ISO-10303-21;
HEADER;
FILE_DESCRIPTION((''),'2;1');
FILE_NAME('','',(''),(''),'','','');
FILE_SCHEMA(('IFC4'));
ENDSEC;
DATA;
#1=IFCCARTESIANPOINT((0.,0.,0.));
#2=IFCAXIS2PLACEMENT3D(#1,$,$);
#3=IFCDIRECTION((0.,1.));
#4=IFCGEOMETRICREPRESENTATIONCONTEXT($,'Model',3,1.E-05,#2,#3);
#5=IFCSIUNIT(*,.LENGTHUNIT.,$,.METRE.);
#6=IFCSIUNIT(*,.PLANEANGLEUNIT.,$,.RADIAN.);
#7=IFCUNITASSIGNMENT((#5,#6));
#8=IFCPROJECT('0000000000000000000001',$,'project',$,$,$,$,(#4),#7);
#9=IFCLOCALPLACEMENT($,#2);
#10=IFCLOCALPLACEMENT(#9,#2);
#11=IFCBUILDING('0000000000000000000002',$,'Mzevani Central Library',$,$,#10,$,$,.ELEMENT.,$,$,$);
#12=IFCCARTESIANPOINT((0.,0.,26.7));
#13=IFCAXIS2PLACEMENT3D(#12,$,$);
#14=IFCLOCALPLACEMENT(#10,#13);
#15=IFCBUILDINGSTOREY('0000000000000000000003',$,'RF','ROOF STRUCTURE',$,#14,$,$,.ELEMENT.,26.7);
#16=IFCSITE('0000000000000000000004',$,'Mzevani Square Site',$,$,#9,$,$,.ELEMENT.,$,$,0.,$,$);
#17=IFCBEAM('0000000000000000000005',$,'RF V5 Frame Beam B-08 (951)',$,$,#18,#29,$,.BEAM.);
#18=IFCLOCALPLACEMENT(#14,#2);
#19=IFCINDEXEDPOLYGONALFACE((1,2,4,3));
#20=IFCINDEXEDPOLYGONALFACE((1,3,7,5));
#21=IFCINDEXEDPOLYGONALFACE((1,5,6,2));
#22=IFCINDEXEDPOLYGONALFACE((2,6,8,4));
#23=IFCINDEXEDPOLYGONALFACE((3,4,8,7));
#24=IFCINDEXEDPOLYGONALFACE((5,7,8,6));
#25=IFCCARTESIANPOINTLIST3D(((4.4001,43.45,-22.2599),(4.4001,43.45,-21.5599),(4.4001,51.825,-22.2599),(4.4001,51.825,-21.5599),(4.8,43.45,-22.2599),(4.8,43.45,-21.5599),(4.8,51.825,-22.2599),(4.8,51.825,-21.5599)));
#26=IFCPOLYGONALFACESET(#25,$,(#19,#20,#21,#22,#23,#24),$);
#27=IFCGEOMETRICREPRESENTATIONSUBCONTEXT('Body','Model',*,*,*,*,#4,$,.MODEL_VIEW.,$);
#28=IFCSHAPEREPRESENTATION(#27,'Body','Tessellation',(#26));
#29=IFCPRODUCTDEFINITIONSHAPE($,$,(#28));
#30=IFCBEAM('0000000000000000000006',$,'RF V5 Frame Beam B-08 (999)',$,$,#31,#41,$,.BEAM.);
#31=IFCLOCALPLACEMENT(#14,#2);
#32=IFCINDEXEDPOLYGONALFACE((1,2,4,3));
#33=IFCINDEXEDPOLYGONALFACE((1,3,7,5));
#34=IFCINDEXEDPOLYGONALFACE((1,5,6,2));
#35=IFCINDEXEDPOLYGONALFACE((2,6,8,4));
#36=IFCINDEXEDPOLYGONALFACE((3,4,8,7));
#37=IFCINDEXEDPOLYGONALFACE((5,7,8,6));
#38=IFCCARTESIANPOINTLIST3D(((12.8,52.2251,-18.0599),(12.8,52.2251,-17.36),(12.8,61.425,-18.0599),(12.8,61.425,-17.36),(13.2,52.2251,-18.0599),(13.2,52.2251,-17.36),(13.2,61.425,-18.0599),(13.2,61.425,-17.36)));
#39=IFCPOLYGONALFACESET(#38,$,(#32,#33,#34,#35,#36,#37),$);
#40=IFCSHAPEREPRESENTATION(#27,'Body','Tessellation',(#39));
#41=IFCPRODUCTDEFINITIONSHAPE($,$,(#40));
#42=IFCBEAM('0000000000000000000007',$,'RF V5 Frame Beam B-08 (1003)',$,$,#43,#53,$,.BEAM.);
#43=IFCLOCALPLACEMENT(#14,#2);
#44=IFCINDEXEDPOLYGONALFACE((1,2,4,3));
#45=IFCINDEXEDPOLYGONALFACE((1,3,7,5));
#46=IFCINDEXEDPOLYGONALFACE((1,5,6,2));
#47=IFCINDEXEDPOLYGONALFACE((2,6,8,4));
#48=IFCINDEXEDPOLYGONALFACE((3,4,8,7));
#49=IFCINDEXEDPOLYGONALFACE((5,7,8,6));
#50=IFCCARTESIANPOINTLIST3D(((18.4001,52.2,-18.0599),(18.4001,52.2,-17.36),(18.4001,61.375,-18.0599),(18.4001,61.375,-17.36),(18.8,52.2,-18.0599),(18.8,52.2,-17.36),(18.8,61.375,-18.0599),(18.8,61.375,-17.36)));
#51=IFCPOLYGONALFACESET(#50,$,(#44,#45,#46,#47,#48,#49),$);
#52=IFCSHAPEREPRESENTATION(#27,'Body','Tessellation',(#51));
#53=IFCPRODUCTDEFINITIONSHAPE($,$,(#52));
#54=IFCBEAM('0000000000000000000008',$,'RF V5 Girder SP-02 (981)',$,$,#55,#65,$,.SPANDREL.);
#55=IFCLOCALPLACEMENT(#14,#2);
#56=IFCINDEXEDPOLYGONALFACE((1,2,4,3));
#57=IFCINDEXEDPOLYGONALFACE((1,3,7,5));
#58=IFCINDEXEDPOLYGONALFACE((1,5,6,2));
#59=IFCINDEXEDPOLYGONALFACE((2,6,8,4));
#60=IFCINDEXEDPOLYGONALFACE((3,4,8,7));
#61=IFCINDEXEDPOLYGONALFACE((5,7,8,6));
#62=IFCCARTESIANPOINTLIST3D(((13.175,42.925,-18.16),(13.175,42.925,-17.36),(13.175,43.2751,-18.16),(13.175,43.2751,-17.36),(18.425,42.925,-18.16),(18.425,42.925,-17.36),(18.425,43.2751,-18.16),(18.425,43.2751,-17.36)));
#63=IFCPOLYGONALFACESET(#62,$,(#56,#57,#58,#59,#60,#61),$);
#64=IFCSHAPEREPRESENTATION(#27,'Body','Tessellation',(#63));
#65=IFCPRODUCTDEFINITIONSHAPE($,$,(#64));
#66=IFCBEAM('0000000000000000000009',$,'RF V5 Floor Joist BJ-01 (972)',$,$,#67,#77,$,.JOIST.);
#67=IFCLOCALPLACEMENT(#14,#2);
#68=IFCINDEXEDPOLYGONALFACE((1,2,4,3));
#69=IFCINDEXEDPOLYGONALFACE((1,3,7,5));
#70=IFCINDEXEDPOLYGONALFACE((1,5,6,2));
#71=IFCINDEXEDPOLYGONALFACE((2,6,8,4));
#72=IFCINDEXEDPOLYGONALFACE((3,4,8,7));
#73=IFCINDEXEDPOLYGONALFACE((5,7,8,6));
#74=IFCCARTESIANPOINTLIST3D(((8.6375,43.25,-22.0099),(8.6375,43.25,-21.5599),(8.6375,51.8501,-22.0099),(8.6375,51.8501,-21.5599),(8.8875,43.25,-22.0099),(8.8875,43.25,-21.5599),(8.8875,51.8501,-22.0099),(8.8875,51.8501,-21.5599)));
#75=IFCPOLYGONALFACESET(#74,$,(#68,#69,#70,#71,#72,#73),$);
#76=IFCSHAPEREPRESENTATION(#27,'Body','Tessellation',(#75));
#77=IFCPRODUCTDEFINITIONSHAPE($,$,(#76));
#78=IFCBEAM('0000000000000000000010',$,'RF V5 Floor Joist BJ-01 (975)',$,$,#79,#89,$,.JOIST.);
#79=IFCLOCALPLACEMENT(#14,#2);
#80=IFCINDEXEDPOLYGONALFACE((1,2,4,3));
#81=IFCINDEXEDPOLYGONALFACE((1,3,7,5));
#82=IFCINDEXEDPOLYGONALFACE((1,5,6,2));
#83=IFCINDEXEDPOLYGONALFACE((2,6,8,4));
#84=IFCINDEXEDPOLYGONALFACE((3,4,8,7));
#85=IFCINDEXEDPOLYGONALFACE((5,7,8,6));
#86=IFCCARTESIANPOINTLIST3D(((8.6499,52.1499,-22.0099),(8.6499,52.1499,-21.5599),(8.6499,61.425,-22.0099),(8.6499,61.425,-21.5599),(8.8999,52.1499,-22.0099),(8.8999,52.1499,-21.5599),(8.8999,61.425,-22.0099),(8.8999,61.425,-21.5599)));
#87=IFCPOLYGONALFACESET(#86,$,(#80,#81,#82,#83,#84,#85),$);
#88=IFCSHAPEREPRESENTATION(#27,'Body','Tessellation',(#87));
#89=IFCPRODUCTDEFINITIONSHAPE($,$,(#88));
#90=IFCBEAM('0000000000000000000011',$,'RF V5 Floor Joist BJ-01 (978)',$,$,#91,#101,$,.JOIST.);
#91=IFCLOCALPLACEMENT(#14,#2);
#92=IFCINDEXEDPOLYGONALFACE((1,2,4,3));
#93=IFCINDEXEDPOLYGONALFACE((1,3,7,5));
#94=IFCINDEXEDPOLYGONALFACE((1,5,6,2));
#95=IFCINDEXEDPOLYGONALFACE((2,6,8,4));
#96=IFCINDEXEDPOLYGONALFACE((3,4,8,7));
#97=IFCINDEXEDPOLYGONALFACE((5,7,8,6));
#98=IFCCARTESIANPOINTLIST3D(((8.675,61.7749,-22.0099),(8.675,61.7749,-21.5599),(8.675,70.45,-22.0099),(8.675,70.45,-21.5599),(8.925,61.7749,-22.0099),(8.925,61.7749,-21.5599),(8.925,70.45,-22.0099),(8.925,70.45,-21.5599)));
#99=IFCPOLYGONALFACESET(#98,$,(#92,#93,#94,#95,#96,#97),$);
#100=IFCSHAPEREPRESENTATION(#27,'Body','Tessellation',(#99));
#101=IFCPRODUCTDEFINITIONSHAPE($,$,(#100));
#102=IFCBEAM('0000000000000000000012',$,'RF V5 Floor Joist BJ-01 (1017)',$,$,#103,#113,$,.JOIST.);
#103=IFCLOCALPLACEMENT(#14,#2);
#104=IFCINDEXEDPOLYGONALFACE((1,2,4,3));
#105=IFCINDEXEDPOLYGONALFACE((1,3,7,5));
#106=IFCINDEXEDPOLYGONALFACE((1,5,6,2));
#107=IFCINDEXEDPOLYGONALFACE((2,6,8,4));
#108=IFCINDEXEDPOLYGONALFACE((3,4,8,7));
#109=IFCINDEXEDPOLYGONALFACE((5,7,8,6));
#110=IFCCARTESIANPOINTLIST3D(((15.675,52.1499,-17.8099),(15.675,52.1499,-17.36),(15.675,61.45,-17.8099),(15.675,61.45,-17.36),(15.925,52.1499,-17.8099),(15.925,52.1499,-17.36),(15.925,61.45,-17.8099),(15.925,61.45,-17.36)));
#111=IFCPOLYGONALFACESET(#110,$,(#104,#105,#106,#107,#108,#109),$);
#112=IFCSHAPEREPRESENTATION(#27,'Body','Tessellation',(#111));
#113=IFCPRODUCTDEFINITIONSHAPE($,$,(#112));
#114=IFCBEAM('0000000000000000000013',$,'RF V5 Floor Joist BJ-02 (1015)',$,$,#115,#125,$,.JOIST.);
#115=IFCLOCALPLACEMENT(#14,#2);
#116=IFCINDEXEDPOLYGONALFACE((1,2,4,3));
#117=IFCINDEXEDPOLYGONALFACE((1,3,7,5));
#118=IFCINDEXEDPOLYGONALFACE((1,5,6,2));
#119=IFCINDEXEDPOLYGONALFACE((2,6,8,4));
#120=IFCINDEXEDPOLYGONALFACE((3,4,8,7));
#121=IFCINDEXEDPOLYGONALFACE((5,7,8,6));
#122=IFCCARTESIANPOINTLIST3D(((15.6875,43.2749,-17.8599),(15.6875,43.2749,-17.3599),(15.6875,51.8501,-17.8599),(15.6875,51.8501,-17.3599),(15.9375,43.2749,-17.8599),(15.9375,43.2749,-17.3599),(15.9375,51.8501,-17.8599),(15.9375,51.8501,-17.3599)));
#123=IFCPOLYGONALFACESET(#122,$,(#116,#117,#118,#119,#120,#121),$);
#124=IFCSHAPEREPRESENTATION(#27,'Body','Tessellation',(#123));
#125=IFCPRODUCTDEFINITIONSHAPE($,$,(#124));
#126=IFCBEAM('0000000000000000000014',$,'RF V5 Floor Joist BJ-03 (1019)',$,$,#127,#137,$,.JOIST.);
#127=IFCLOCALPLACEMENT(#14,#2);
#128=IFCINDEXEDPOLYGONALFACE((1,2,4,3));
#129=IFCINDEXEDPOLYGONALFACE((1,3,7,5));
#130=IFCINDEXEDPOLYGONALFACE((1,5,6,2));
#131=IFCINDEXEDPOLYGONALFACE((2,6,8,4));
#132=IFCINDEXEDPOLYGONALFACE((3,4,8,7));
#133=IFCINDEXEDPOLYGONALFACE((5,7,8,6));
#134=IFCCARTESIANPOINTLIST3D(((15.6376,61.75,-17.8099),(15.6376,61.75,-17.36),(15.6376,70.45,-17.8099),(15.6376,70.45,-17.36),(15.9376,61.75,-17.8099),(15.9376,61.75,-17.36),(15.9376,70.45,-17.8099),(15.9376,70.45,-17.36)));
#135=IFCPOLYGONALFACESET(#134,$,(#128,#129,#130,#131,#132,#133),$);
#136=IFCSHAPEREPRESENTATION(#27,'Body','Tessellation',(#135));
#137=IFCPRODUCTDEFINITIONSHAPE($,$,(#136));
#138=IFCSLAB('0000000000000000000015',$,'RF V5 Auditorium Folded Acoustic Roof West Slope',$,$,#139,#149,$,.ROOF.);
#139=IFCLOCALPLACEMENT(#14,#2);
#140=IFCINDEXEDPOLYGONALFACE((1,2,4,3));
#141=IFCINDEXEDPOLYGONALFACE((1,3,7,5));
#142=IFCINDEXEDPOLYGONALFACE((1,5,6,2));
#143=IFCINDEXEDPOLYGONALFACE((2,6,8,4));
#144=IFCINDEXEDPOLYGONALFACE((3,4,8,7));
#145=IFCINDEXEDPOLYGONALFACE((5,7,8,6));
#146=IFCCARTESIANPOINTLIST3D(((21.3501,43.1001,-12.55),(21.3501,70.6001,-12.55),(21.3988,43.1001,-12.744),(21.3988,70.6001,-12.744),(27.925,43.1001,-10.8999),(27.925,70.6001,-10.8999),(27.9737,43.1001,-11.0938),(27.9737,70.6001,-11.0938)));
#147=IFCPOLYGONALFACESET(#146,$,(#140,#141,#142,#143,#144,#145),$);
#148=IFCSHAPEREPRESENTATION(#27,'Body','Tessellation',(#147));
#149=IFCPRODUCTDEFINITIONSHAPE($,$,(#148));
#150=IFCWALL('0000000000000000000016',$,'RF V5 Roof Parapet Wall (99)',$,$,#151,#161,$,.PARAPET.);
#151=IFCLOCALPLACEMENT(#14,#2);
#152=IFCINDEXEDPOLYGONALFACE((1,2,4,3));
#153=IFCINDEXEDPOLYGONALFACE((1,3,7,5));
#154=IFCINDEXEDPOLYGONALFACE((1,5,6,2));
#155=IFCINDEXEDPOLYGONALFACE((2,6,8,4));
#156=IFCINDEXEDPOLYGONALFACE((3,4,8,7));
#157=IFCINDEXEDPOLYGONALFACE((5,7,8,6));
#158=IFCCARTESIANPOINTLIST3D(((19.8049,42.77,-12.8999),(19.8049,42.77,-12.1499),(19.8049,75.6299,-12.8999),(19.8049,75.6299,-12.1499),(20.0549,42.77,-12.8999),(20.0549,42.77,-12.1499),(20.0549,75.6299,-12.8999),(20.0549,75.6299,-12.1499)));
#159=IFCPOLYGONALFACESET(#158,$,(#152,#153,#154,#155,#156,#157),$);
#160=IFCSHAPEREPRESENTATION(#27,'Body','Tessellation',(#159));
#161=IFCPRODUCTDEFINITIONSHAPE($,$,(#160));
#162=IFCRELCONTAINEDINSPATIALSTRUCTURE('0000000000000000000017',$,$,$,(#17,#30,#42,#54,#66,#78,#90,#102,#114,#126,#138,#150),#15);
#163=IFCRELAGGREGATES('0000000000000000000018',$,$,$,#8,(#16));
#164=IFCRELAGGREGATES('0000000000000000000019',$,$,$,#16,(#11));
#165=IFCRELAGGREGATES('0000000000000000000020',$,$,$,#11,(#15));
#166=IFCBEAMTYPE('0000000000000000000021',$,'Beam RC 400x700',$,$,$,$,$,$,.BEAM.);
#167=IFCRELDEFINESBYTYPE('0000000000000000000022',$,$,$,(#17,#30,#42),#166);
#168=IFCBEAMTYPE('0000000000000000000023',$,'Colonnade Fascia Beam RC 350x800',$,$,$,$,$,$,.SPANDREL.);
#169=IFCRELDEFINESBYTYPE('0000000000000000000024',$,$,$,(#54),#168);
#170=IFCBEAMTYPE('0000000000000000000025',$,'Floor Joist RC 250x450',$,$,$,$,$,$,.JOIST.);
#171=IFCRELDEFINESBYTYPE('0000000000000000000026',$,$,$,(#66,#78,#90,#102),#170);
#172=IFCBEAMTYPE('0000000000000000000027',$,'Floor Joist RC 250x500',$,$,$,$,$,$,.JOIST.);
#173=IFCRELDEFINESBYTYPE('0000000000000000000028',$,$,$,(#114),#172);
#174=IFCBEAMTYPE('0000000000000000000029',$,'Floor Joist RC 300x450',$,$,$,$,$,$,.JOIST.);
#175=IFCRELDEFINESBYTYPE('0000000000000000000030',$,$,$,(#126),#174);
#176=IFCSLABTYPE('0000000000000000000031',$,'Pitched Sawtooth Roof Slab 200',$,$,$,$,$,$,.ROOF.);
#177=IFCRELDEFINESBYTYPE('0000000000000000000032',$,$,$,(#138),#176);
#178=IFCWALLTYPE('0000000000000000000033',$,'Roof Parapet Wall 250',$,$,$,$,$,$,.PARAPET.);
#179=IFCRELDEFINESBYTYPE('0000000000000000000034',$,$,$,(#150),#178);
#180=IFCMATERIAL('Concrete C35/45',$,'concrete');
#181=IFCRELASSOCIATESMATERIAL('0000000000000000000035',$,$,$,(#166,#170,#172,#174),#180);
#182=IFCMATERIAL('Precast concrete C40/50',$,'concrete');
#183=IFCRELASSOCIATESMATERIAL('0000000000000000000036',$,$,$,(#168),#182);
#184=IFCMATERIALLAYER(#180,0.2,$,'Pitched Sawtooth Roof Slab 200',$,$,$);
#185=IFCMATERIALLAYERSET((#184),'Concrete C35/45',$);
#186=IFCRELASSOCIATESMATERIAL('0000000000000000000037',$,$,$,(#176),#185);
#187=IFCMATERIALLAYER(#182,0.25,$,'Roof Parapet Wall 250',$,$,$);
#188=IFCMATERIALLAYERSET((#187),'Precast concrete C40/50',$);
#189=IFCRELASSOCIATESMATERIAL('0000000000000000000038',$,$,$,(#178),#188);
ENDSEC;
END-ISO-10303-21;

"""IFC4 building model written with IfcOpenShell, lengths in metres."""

from ifc_helpers import new_model, si_unit, direction, frame, frame_2d, origin, origin_2d, place, context, subcontext, project, spatial, polyline, rectangle, outline, extrude, material, layer, layer_set, material_profile, profile_set, type_object, element, save


model = new_model("IFC4")

# Units and contexts
model_context = context("Model", 3, precision=1e-05, world=origin(), true_north=direction((0.0, 1.0)))
body_context = subcontext(model_context, "Body", "Model", "MODEL_VIEW")
ifc_project = project(units=[si_unit("LENGTHUNIT", "METRE"), si_unit("PLANEANGLEUNIT", "RADIAN")], contexts=[model_context])

# Site, building, storey
site_placement = place(None, origin())
site = spatial("IfcSite", under=ifc_project, at=site_placement, Name="Mzevani Square Site", CompositionType="ELEMENT", RefElevation=0.0)
building_placement = place(site_placement, origin())
building = spatial("IfcBuilding", under=site, at=building_placement, Name="Mzevani Central Library", CompositionType="ELEMENT")
storey_placement = place(building_placement, frame((0.0, 0.0, 26.7)))
storey = spatial("IfcBuildingStorey", under=building, at=storey_placement, Name="RF", Description="ROOF STRUCTURE", CompositionType="ELEMENT", Elevation=26.7)

# Beams
ifc_material_1 = material(Name="Concrete C35/45", Category="concrete")
ifc_material_profile_1 = material_profile(ifc_material_1, rectangle(XDim=0.3999, YDim=0.7, at=origin_2d()), Name="RC B400x700")
ifc_profile_set_1 = profile_set([ifc_material_profile_1], Name="Concrete C35/45")
beam_type_1 = type_object("IfcBeamType", Name="Beam RC 400x700", PredefinedType="BEAM", material=ifc_profile_set_1)
beam_1_placement = place(storey_placement, frame((4.6001, 43.45, -21.9099), z_axis=(0.0, 1.0, 0.0), x_axis=(-1.0, 0.0, 0.0)))
element("IfcBeam", 1, at=beam_1_placement, inside=storey, type_object=beam_type_1, Name="RF V5 Frame Beam B-08 (951)", PredefinedType="BEAM", context=body_context, shape_type="SweptSolid", body=[
    extrude(rectangle(XDim=0.3999, YDim=0.7, at=origin_2d()), origin(), (0.0, 0.0, 1.0), 8.375),
])
beam_2_placement = place(storey_placement, frame((13.0, 52.2251, -17.71), z_axis=(0.0, 1.0, 0.0), x_axis=(-1.0, 0.0, 0.0)))
element("IfcBeam", 2, at=beam_2_placement, inside=storey, type_object=beam_type_1, Name="RF V5 Frame Beam B-08 (999)", PredefinedType="BEAM", context=body_context, shape_type="SweptSolid", body=[
    extrude(rectangle(XDim=0.3999, YDim=0.7, at=origin_2d()), origin(), (0.0, 0.0, 1.0), 9.2),
])
beam_3_placement = place(storey_placement, frame((18.6001, 52.2, -17.71), z_axis=(0.0, 1.0, 0.0), x_axis=(-1.0, 0.0, 0.0)))
element("IfcBeam", 3, at=beam_3_placement, inside=storey, type_object=beam_type_1, Name="RF V5 Frame Beam B-08 (1003)", PredefinedType="BEAM", context=body_context, shape_type="SweptSolid", body=[
    extrude(rectangle(XDim=0.3999, YDim=0.7, at=origin_2d()), origin(), (0.0, 0.0, 1.0), 9.175),
])
ifc_material_2 = material(Name="Precast concrete C40/50", Category="concrete")
ifc_material_profile_2 = material_profile(ifc_material_2, rectangle(XDim=0.3501, YDim=0.8, at=origin_2d()), Name="RC SP350x800")
ifc_profile_set_2 = profile_set([ifc_material_profile_2], Name="Precast concrete C40/50")
beam_type_2 = type_object("IfcBeamType", Name="Colonnade Fascia Beam RC 350x800", PredefinedType="SPANDREL", material=ifc_profile_set_2)
beam_4_placement = place(storey_placement, frame((13.175, 43.1001, -17.76), z_axis=(1.0, 0.0, 0.0), x_axis=(0.0, 1.0, 0.0)))
element("IfcBeam", 4, at=beam_4_placement, inside=storey, type_object=beam_type_2, Name="RF V5 Girder SP-02 (981)", PredefinedType="SPANDREL", context=body_context, shape_type="SweptSolid", body=[
    extrude(rectangle(XDim=0.3501, YDim=0.8, at=origin_2d()), origin(), (0.0, 0.0, 1.0), 5.25),
])
ifc_material_profile_3 = material_profile(ifc_material_1, rectangle(XDim=0.25, YDim=0.45, at=origin_2d()), Name="RC J250x450")
ifc_profile_set_3 = profile_set([ifc_material_profile_3], Name="Concrete C35/45")
beam_type_3 = type_object("IfcBeamType", Name="Floor Joist RC 250x450", PredefinedType="JOIST", material=ifc_profile_set_3)
beam_5_placement = place(storey_placement, frame((8.7625, 43.25, -21.7849), z_axis=(0.0, 1.0, 0.0), x_axis=(-1.0, 0.0, 0.0)))
element("IfcBeam", 5, at=beam_5_placement, inside=storey, type_object=beam_type_3, Name="RF V5 Floor Joist BJ-01 (972)", PredefinedType="JOIST", context=body_context, shape_type="SweptSolid", body=[
    extrude(rectangle(XDim=0.25, YDim=0.45, at=origin_2d()), origin(), (0.0, 0.0, 1.0), 8.6001),
])
beam_6_placement = place(storey_placement, frame((8.7749, 52.1499, -21.7849), z_axis=(0.0, 1.0, 0.0), x_axis=(-1.0, 0.0, 0.0)))
element("IfcBeam", 6, at=beam_6_placement, inside=storey, type_object=beam_type_3, Name="RF V5 Floor Joist BJ-01 (975)", PredefinedType="JOIST", context=body_context, shape_type="SweptSolid", body=[
    extrude(rectangle(XDim=0.25, YDim=0.45, at=origin_2d()), origin(), (0.0, 0.0, 1.0), 9.2751),
])
beam_7_placement = place(storey_placement, frame((8.8, 61.7749, -21.7849), z_axis=(0.0, 1.0, 0.0), x_axis=(-1.0, 0.0, 0.0)))
element("IfcBeam", 7, at=beam_7_placement, inside=storey, type_object=beam_type_3, Name="RF V5 Floor Joist BJ-01 (978)", PredefinedType="JOIST", context=body_context, shape_type="SweptSolid", body=[
    extrude(rectangle(XDim=0.25, YDim=0.45, at=origin_2d()), origin(), (0.0, 0.0, 1.0), 8.675),
])
beam_8_placement = place(storey_placement, frame((15.8, 52.1499, -17.585), z_axis=(0.0, 1.0, 0.0), x_axis=(-1.0, 0.0, 0.0)))
element("IfcBeam", 8, at=beam_8_placement, inside=storey, type_object=beam_type_3, Name="RF V5 Floor Joist BJ-01 (1017)", PredefinedType="JOIST", context=body_context, shape_type="SweptSolid", body=[
    extrude(rectangle(XDim=0.25, YDim=0.45, at=origin_2d()), origin(), (0.0, 0.0, 1.0), 9.3),
])
ifc_material_profile_4 = material_profile(ifc_material_1, rectangle(XDim=0.25, YDim=0.5, at=origin_2d()), Name="RC J250x500")
ifc_profile_set_4 = profile_set([ifc_material_profile_4], Name="Concrete C35/45")
beam_type_4 = type_object("IfcBeamType", Name="Floor Joist RC 250x500", PredefinedType="JOIST", material=ifc_profile_set_4)
beam_9_placement = place(storey_placement, frame((15.8125, 43.2749, -17.6099), z_axis=(0.0, 1.0, 0.0), x_axis=(-1.0, 0.0, 0.0)))
element("IfcBeam", 9, at=beam_9_placement, inside=storey, type_object=beam_type_4, Name="RF V5 Floor Joist BJ-02 (1015)", PredefinedType="JOIST", context=body_context, shape_type="SweptSolid", body=[
    extrude(rectangle(XDim=0.25, YDim=0.5, at=origin_2d()), origin(), (0.0, 0.0, 1.0), 8.5752),
])
ifc_material_profile_5 = material_profile(ifc_material_1, rectangle(XDim=0.3, YDim=0.45, at=origin_2d()), Name="RC J300x450")
ifc_profile_set_5 = profile_set([ifc_material_profile_5], Name="Concrete C35/45")
beam_type_5 = type_object("IfcBeamType", Name="Floor Joist RC 300x450", PredefinedType="JOIST", material=ifc_profile_set_5)
beam_10_placement = place(storey_placement, frame((15.7876, 61.75, -17.585), z_axis=(0.0, 1.0, 0.0), x_axis=(-1.0, 0.0, 0.0)))
element("IfcBeam", 10, at=beam_10_placement, inside=storey, type_object=beam_type_5, Name="RF V5 Floor Joist BJ-03 (1019)", PredefinedType="JOIST", context=body_context, shape_type="SweptSolid", body=[
    extrude(rectangle(XDim=0.3, YDim=0.45, at=origin_2d()), origin(), (0.0, 0.0, 1.0), 8.7),
])

# Slab
ifc_layer_1 = layer(ifc_material_1, 0.2, Name="Pitched Sawtooth Roof Slab 200")
ifc_layer_set_1 = layer_set([ifc_layer_1], Name="Concrete C35/45")
slab_type = type_object("IfcSlabType", Name="Pitched Sawtooth Roof Slab 200", PredefinedType="ROOF", material=ifc_layer_set_1)
slab_placement = place(storey_placement, frame((21.3501, 43.1001, -12.55), z_axis=(-0.243425, 0.0, 0.96992), x_axis=(0.96992, 0.0, 0.243425)))
element("IfcSlab", 11, at=slab_placement, inside=storey, type_object=slab_type, Name="RF V5 Auditorium Folded Acoustic Roof West Slope", PredefinedType="ROOF", context=body_context, shape_type="SweptSolid", body=[
    extrude(outline(polyline([(0.0, 0.0), (6.7789, 0.0), (6.7789, 27.5), (0.0, 27.5), (0.0, 0.0)])), origin(), (0.0, 0.0, -1.0), 0.2),
])

# Wall
ifc_layer_2 = layer(ifc_material_2, 0.25, Name="Roof Parapet Wall 250")
ifc_layer_set_2 = layer_set([ifc_layer_2], Name="Precast concrete C40/50")
wall_type = type_object("IfcWallType", Name="Roof Parapet Wall 250", PredefinedType="PARAPET", material=ifc_layer_set_2)
wall_placement = place(storey_placement, frame((19.9299, 42.77, -12.8999), z_axis=(0.0, 0.0, 1.0), x_axis=(0.0, 1.0, 0.0)))
element("IfcWall", 12, at=wall_placement, inside=storey, type_object=wall_type, Name="RF V5 Roof Parapet Wall (99)", PredefinedType="PARAPET", context=body_context, shape_type="SweptSolid", body=[
    extrude(rectangle(XDim=32.8599, YDim=0.25, at=frame_2d((16.4299, 0.0))), origin(), (0.0, 0.0, 1.0), 0.75),
])

save(model, "model.ifc")
